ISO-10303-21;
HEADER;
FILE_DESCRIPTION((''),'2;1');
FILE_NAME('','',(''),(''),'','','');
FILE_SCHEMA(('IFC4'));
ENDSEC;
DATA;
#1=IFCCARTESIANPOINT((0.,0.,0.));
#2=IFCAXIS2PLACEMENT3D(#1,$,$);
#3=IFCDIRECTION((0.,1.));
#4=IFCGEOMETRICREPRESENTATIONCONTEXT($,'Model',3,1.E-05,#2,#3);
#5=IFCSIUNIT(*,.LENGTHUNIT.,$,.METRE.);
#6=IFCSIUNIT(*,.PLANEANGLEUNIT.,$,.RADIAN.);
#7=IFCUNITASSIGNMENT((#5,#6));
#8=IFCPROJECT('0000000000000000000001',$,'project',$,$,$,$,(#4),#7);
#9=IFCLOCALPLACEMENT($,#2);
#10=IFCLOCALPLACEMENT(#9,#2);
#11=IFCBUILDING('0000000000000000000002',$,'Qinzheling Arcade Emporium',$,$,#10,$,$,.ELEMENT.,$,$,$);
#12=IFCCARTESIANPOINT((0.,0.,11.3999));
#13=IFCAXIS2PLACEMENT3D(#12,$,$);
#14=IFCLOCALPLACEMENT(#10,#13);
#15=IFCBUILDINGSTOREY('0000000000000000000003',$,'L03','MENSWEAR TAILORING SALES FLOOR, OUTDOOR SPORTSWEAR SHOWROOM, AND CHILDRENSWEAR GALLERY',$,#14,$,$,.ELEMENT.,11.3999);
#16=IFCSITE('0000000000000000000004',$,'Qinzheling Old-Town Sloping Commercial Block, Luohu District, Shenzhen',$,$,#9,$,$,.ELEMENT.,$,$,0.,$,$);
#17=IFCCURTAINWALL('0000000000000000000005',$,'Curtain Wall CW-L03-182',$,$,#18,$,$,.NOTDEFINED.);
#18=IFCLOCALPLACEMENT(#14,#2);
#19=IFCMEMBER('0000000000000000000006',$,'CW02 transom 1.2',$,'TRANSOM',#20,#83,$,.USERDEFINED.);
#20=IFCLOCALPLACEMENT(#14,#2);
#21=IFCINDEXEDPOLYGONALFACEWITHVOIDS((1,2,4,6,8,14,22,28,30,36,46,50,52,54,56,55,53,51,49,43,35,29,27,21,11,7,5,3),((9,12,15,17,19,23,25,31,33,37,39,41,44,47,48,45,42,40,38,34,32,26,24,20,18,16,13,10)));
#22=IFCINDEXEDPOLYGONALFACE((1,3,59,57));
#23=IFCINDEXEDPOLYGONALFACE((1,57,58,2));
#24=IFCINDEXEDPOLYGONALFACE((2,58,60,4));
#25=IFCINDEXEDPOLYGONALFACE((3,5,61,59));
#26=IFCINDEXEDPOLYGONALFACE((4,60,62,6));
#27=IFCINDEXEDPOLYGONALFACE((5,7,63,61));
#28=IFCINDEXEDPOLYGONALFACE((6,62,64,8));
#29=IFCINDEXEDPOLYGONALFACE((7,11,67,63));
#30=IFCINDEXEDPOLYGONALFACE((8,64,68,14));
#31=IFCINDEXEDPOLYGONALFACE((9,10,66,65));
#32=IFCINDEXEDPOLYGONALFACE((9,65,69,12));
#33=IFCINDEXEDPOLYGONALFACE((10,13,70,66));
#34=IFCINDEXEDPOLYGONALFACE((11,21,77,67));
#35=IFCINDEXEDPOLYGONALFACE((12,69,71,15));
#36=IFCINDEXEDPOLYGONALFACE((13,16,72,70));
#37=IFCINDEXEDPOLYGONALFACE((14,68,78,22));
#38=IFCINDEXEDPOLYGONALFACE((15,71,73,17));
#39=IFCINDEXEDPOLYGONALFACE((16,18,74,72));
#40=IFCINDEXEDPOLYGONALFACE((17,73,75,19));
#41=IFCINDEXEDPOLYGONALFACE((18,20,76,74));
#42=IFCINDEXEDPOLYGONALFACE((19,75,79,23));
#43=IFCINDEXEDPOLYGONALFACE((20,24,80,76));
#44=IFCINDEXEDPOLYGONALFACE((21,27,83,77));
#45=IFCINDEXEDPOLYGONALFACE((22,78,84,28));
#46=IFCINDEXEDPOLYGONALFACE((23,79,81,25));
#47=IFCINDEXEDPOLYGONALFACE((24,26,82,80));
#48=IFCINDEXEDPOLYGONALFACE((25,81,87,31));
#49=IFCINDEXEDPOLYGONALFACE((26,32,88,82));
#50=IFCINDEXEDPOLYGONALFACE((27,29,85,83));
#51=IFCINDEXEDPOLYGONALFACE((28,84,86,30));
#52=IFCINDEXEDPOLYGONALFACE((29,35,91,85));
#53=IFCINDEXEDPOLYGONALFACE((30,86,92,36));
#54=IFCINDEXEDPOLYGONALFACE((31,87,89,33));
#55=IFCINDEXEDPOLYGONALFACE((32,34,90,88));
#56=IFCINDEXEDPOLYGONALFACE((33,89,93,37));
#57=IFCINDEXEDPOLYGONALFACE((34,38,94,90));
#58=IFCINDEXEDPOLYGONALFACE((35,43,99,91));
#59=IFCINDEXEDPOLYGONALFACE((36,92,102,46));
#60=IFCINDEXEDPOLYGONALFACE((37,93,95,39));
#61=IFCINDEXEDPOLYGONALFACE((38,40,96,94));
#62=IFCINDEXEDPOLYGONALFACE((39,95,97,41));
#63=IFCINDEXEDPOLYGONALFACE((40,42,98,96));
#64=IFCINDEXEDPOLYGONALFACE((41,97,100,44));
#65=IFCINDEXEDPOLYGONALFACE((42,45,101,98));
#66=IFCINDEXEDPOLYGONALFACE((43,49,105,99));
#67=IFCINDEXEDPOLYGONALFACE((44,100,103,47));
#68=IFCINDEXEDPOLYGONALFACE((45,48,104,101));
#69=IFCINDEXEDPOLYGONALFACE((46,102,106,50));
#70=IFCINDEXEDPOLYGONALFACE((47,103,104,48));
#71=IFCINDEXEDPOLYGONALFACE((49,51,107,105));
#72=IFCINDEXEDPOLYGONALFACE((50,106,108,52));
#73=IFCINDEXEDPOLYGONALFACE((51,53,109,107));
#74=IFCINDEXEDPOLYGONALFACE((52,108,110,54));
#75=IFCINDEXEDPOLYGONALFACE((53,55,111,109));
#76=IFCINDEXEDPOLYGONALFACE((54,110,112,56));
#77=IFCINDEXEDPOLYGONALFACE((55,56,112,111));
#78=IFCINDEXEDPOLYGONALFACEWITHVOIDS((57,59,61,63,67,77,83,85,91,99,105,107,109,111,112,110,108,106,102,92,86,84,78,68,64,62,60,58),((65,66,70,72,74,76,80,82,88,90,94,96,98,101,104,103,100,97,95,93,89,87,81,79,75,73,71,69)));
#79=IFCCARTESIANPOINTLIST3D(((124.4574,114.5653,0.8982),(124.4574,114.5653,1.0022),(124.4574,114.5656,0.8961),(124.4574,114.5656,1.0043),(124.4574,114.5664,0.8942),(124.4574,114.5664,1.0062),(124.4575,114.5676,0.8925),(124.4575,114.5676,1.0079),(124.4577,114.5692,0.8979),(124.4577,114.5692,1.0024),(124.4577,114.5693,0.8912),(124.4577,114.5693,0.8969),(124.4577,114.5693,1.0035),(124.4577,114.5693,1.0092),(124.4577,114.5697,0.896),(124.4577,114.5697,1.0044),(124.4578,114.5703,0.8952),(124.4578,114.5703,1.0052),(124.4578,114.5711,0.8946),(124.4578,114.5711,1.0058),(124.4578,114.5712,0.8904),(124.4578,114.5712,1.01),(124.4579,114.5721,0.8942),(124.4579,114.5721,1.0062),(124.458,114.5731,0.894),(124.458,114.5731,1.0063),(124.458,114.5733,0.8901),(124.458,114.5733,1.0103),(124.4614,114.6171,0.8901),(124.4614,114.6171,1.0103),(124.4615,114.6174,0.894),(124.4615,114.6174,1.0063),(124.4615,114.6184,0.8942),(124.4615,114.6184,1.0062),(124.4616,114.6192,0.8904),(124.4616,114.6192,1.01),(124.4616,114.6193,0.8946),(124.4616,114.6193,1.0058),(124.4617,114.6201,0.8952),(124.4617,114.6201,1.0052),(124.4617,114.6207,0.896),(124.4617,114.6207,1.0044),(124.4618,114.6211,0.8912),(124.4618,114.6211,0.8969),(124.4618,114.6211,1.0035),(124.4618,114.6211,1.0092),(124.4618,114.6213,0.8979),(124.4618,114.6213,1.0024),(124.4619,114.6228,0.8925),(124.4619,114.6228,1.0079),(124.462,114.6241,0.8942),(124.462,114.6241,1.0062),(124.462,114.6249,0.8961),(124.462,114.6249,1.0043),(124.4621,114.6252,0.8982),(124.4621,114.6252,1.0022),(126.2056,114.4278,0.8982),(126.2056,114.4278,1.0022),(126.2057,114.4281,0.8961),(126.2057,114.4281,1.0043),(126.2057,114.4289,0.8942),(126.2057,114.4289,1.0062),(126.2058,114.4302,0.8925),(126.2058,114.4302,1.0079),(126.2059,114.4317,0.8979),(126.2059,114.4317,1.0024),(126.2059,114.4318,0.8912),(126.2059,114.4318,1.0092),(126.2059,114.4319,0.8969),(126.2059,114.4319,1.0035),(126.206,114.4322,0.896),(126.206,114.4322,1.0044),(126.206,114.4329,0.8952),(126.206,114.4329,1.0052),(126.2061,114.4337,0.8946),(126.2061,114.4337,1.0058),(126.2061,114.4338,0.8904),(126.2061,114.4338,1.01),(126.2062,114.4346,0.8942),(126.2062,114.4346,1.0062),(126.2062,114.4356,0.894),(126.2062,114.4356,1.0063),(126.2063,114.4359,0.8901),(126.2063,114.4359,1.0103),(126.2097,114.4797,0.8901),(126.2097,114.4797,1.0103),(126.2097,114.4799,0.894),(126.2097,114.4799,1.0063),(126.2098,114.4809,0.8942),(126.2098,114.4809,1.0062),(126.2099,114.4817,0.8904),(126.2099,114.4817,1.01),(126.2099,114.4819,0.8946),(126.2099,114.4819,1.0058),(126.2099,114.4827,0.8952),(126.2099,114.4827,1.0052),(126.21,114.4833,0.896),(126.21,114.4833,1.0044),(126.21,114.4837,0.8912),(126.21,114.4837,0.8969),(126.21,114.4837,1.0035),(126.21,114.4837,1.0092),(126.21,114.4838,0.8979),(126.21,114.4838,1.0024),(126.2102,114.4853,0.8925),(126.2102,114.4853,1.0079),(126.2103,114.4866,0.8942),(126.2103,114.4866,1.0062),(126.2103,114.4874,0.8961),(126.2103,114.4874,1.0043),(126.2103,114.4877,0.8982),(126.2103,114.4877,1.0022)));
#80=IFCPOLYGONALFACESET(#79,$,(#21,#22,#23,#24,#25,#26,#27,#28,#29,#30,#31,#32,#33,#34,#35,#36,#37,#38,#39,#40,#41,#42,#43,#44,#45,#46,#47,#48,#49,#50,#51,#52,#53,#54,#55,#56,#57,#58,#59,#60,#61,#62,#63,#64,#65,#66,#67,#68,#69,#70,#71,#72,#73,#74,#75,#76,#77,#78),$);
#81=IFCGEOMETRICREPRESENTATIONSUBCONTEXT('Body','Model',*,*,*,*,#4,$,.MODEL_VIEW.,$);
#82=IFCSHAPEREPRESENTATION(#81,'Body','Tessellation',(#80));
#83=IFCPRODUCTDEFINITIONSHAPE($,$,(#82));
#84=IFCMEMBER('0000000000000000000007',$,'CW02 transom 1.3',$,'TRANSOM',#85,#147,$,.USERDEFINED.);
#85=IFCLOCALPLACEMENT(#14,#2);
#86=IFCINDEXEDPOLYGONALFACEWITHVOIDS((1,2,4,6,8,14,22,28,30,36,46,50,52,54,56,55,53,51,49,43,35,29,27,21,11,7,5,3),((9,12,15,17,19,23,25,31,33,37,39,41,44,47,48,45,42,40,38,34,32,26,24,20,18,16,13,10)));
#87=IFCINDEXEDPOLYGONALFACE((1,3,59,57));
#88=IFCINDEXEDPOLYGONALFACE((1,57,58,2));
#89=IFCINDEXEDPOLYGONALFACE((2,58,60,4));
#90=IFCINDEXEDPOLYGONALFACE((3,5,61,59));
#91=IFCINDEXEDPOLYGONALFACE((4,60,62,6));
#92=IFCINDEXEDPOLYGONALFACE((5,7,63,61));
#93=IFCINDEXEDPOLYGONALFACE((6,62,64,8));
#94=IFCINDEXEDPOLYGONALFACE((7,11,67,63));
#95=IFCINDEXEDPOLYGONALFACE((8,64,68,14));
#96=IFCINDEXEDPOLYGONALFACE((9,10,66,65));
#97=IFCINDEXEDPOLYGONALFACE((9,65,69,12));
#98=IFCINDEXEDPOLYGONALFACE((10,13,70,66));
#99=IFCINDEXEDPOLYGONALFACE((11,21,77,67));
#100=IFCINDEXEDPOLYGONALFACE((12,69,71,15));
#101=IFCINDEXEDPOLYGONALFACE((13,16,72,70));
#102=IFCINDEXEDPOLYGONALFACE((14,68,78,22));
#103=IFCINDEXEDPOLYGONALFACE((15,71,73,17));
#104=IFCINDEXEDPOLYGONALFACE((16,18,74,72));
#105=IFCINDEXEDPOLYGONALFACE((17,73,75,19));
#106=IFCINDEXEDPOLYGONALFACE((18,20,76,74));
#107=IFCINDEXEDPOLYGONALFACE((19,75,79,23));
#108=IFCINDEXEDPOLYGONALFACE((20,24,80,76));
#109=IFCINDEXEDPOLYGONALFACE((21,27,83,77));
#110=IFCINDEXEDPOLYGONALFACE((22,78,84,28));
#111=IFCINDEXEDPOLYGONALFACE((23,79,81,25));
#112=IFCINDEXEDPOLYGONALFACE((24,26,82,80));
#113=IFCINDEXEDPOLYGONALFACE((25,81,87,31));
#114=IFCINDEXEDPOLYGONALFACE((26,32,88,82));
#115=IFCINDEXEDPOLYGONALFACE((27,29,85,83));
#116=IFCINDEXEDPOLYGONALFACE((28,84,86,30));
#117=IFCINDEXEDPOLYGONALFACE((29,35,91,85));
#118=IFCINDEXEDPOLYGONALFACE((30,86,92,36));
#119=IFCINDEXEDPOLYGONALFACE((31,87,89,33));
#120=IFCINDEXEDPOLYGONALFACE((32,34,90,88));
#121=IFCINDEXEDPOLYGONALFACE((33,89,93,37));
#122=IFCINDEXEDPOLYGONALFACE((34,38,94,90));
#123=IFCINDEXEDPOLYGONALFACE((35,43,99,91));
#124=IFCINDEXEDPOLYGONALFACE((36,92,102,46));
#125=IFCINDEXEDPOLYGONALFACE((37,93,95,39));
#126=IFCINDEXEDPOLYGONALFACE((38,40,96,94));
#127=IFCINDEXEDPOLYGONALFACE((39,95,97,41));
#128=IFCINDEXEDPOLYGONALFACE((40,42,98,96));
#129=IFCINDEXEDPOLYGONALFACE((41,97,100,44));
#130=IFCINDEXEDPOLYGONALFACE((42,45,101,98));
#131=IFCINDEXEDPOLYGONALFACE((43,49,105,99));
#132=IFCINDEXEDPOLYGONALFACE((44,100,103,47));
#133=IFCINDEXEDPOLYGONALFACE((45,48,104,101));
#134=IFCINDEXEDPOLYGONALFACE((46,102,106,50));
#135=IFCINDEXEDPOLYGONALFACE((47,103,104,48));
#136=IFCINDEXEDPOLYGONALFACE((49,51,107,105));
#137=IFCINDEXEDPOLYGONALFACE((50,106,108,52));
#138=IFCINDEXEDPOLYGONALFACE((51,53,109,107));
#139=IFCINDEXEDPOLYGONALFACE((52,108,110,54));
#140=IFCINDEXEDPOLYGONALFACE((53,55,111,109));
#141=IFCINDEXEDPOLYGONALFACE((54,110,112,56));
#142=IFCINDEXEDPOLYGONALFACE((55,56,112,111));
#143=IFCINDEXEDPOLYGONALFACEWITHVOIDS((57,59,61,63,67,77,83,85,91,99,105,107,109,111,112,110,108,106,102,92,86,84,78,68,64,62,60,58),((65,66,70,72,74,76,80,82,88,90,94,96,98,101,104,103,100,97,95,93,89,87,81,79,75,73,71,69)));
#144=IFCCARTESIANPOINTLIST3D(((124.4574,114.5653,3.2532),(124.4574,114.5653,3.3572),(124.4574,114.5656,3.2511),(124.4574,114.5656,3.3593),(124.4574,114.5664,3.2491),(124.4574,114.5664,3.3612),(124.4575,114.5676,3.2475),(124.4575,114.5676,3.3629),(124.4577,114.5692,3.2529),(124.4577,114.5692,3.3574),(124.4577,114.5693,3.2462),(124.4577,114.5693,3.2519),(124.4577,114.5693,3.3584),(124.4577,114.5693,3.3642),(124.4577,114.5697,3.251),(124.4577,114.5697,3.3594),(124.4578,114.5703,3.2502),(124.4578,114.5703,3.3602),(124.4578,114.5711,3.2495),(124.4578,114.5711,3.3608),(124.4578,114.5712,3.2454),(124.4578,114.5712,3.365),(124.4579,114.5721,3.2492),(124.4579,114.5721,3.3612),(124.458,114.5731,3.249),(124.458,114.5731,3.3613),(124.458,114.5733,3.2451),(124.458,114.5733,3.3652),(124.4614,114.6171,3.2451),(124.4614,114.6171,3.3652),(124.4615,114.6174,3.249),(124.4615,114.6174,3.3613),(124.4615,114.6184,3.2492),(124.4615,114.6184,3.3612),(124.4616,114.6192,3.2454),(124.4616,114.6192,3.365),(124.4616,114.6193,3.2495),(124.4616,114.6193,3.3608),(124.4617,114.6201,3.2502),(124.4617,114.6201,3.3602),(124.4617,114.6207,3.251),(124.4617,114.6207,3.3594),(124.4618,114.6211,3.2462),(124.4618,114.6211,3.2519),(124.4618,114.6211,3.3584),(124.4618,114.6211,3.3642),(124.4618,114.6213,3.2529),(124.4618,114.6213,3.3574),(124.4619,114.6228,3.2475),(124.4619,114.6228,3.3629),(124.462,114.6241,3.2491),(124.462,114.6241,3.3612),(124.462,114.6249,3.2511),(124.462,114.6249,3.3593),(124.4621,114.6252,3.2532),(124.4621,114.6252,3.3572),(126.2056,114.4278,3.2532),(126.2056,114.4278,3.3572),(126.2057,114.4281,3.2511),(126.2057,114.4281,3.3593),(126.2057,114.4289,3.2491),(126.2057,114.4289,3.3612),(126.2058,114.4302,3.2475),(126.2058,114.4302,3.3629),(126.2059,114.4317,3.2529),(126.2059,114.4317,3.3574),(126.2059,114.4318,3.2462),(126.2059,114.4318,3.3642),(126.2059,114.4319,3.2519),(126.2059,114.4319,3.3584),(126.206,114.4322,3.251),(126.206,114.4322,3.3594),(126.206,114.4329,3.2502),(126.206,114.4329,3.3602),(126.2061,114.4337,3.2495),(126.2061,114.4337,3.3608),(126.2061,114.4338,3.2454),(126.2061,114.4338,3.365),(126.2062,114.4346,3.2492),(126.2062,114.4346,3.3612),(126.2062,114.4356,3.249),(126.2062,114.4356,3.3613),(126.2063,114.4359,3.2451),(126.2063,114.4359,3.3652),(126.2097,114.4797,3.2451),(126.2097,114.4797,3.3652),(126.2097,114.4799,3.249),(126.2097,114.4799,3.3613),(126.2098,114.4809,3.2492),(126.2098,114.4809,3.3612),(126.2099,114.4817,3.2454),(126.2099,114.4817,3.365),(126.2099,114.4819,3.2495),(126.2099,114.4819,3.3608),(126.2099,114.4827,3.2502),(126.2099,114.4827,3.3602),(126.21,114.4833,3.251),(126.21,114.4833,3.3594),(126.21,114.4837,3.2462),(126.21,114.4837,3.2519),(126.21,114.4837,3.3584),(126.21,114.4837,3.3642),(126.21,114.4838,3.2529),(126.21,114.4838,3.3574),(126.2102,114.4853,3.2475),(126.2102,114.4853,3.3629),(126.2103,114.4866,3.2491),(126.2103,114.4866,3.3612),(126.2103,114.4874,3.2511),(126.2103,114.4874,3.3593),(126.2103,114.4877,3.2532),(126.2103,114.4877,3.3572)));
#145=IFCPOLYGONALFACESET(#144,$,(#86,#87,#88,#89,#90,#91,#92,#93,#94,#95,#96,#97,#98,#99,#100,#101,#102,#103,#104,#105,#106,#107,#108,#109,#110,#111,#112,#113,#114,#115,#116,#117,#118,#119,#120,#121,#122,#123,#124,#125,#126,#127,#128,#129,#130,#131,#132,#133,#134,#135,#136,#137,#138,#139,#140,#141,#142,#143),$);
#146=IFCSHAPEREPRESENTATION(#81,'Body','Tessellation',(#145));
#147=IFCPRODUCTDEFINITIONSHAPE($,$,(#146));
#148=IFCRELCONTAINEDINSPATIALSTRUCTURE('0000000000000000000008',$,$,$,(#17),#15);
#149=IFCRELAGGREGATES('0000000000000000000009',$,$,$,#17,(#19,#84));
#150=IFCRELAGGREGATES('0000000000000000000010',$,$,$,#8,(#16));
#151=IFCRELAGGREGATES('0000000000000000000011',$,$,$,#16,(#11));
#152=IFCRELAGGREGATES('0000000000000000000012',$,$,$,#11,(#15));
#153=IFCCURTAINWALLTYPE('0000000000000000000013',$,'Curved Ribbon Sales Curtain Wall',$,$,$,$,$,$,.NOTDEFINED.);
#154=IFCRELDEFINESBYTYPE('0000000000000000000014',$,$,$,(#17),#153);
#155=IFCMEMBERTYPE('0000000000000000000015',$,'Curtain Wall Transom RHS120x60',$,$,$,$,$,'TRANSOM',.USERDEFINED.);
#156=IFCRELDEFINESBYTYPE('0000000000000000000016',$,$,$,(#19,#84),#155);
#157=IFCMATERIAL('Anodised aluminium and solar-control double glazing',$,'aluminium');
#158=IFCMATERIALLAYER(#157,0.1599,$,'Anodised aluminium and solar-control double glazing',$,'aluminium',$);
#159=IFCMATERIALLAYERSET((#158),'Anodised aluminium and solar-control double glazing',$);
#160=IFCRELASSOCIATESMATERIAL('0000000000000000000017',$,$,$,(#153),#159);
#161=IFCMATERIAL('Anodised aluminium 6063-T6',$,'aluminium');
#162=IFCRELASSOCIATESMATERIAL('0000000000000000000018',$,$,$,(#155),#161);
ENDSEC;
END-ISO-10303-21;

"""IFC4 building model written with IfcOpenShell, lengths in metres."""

from ifc_helpers import new_model, si_unit, direction, frame, origin, origin_2d, place, context, subcontext, project, spatial, hollow_rectangle, extrude, material, layer, layer_set, material_profile, profile_set, type_object, element, aggregate, save


model = new_model("IFC4")

# Units and contexts
model_context = context("Model", 3, precision=1e-05, world=origin(), true_north=direction((0.0, 1.0)))
body_context = subcontext(model_context, "Body", "Model", "MODEL_VIEW")
ifc_project = project(units=[si_unit("LENGTHUNIT", "METRE"), si_unit("PLANEANGLEUNIT", "RADIAN")], contexts=[model_context])

# Site, building, storey
site_placement = place(None, origin())
site = spatial("IfcSite", under=ifc_project, at=site_placement, Name="Qinzheling Old-Town Sloping Commercial Block, Luohu District, Shenzhen", CompositionType="ELEMENT", RefElevation=0.0)
building_placement = place(site_placement, origin())
building = spatial("IfcBuilding", under=site, at=building_placement, Name="Qinzheling Arcade Emporium", CompositionType="ELEMENT")
storey_placement = place(building_placement, frame((0.0, 0.0, 11.3999)))
storey = spatial("IfcBuildingStorey", under=building, at=storey_placement, Name="L03", Description="MENSWEAR TAILORING SALES FLOOR, OUTDOOR SPORTSWEAR SHOWROOM, AND CHILDRENSWEAR GALLERY", CompositionType="ELEMENT", Elevation=11.3999)

# Curtain wall, members
ifc_material_1 = material(Name="Anodised aluminium and solar-control double glazing", Category="aluminium")
ifc_layer_1 = layer(ifc_material_1, 0.1599, Name="Anodised aluminium and solar-control double glazing", Category="aluminium")
ifc_layer_set_1 = layer_set([ifc_layer_1], Name="Anodised aluminium and solar-control double glazing")
curtain_wall_type = type_object("IfcCurtainWallType", Name="Curved Ribbon Sales Curtain Wall", PredefinedType="NOTDEFINED", material=ifc_layer_set_1)
curtain_wall_placement = place(storey_placement, origin())
curtain_wall = element("IfcCurtainWall", 1, at=curtain_wall_placement, inside=storey, type_object=curtain_wall_type, Name="Curtain Wall CW-L03-182", PredefinedType="NOTDEFINED")
ifc_material_2 = material(Name="Anodised aluminium 6063-T6", Category="aluminium")
ifc_material_profile_1 = material_profile(ifc_material_2, hollow_rectangle(XDim=0.0601, YDim=0.1201, WallThickness=0.0039, InnerFilletRadius=0.0039, OuterFilletRadius=0.0081, at=origin_2d()), Name="RHS 120x60x4", Category="aluminium")
ifc_profile_set_1 = profile_set([ifc_material_profile_1], Name="Anodised aluminium 6063-T6")
member_type_1 = type_object("IfcMemberType", Name="Curtain Wall Transom RHS120x60", ElementType="TRANSOM", PredefinedType="USERDEFINED", material=ifc_profile_set_1)
member_1_placement = place(storey_placement, frame((124.4597, 114.5952, 0.9502), z_axis=(0.996924, -0.078378, 0.0), x_axis=(0.078378, 0.996924, 0.0)))
member_1 = element("IfcMember", 2, at=member_1_placement, type_object=member_type_1, Name="CW02 transom 1.2", ObjectType="TRANSOM", PredefinedType="USERDEFINED", context=body_context, shape_type="SweptSolid", body=[
    extrude(hollow_rectangle(XDim=0.0601, YDim=0.1201, WallThickness=0.0039, InnerFilletRadius=0.0039, OuterFilletRadius=0.0081, at=origin_2d()), origin(), (0.0, 0.0, 1.0), 1.7537),
])
member_2_placement = place(storey_placement, frame((124.4597, 114.5952, 3.3052), z_axis=(0.996924, -0.078378, 0.0), x_axis=(0.078378, 0.996924, 0.0)))
member_2 = element("IfcMember", 3, at=member_2_placement, type_object=member_type_1, Name="CW02 transom 1.3", ObjectType="TRANSOM", PredefinedType="USERDEFINED", context=body_context, shape_type="SweptSolid", body=[
    extrude(hollow_rectangle(XDim=0.0601, YDim=0.1201, WallThickness=0.0039, InnerFilletRadius=0.0039, OuterFilletRadius=0.0081, at=origin_2d()), origin(), (0.0, 0.0, 1.0), 1.7537),
])

aggregate(curtain_wall, [member_1, member_2])

save(model, "model.ifc")
